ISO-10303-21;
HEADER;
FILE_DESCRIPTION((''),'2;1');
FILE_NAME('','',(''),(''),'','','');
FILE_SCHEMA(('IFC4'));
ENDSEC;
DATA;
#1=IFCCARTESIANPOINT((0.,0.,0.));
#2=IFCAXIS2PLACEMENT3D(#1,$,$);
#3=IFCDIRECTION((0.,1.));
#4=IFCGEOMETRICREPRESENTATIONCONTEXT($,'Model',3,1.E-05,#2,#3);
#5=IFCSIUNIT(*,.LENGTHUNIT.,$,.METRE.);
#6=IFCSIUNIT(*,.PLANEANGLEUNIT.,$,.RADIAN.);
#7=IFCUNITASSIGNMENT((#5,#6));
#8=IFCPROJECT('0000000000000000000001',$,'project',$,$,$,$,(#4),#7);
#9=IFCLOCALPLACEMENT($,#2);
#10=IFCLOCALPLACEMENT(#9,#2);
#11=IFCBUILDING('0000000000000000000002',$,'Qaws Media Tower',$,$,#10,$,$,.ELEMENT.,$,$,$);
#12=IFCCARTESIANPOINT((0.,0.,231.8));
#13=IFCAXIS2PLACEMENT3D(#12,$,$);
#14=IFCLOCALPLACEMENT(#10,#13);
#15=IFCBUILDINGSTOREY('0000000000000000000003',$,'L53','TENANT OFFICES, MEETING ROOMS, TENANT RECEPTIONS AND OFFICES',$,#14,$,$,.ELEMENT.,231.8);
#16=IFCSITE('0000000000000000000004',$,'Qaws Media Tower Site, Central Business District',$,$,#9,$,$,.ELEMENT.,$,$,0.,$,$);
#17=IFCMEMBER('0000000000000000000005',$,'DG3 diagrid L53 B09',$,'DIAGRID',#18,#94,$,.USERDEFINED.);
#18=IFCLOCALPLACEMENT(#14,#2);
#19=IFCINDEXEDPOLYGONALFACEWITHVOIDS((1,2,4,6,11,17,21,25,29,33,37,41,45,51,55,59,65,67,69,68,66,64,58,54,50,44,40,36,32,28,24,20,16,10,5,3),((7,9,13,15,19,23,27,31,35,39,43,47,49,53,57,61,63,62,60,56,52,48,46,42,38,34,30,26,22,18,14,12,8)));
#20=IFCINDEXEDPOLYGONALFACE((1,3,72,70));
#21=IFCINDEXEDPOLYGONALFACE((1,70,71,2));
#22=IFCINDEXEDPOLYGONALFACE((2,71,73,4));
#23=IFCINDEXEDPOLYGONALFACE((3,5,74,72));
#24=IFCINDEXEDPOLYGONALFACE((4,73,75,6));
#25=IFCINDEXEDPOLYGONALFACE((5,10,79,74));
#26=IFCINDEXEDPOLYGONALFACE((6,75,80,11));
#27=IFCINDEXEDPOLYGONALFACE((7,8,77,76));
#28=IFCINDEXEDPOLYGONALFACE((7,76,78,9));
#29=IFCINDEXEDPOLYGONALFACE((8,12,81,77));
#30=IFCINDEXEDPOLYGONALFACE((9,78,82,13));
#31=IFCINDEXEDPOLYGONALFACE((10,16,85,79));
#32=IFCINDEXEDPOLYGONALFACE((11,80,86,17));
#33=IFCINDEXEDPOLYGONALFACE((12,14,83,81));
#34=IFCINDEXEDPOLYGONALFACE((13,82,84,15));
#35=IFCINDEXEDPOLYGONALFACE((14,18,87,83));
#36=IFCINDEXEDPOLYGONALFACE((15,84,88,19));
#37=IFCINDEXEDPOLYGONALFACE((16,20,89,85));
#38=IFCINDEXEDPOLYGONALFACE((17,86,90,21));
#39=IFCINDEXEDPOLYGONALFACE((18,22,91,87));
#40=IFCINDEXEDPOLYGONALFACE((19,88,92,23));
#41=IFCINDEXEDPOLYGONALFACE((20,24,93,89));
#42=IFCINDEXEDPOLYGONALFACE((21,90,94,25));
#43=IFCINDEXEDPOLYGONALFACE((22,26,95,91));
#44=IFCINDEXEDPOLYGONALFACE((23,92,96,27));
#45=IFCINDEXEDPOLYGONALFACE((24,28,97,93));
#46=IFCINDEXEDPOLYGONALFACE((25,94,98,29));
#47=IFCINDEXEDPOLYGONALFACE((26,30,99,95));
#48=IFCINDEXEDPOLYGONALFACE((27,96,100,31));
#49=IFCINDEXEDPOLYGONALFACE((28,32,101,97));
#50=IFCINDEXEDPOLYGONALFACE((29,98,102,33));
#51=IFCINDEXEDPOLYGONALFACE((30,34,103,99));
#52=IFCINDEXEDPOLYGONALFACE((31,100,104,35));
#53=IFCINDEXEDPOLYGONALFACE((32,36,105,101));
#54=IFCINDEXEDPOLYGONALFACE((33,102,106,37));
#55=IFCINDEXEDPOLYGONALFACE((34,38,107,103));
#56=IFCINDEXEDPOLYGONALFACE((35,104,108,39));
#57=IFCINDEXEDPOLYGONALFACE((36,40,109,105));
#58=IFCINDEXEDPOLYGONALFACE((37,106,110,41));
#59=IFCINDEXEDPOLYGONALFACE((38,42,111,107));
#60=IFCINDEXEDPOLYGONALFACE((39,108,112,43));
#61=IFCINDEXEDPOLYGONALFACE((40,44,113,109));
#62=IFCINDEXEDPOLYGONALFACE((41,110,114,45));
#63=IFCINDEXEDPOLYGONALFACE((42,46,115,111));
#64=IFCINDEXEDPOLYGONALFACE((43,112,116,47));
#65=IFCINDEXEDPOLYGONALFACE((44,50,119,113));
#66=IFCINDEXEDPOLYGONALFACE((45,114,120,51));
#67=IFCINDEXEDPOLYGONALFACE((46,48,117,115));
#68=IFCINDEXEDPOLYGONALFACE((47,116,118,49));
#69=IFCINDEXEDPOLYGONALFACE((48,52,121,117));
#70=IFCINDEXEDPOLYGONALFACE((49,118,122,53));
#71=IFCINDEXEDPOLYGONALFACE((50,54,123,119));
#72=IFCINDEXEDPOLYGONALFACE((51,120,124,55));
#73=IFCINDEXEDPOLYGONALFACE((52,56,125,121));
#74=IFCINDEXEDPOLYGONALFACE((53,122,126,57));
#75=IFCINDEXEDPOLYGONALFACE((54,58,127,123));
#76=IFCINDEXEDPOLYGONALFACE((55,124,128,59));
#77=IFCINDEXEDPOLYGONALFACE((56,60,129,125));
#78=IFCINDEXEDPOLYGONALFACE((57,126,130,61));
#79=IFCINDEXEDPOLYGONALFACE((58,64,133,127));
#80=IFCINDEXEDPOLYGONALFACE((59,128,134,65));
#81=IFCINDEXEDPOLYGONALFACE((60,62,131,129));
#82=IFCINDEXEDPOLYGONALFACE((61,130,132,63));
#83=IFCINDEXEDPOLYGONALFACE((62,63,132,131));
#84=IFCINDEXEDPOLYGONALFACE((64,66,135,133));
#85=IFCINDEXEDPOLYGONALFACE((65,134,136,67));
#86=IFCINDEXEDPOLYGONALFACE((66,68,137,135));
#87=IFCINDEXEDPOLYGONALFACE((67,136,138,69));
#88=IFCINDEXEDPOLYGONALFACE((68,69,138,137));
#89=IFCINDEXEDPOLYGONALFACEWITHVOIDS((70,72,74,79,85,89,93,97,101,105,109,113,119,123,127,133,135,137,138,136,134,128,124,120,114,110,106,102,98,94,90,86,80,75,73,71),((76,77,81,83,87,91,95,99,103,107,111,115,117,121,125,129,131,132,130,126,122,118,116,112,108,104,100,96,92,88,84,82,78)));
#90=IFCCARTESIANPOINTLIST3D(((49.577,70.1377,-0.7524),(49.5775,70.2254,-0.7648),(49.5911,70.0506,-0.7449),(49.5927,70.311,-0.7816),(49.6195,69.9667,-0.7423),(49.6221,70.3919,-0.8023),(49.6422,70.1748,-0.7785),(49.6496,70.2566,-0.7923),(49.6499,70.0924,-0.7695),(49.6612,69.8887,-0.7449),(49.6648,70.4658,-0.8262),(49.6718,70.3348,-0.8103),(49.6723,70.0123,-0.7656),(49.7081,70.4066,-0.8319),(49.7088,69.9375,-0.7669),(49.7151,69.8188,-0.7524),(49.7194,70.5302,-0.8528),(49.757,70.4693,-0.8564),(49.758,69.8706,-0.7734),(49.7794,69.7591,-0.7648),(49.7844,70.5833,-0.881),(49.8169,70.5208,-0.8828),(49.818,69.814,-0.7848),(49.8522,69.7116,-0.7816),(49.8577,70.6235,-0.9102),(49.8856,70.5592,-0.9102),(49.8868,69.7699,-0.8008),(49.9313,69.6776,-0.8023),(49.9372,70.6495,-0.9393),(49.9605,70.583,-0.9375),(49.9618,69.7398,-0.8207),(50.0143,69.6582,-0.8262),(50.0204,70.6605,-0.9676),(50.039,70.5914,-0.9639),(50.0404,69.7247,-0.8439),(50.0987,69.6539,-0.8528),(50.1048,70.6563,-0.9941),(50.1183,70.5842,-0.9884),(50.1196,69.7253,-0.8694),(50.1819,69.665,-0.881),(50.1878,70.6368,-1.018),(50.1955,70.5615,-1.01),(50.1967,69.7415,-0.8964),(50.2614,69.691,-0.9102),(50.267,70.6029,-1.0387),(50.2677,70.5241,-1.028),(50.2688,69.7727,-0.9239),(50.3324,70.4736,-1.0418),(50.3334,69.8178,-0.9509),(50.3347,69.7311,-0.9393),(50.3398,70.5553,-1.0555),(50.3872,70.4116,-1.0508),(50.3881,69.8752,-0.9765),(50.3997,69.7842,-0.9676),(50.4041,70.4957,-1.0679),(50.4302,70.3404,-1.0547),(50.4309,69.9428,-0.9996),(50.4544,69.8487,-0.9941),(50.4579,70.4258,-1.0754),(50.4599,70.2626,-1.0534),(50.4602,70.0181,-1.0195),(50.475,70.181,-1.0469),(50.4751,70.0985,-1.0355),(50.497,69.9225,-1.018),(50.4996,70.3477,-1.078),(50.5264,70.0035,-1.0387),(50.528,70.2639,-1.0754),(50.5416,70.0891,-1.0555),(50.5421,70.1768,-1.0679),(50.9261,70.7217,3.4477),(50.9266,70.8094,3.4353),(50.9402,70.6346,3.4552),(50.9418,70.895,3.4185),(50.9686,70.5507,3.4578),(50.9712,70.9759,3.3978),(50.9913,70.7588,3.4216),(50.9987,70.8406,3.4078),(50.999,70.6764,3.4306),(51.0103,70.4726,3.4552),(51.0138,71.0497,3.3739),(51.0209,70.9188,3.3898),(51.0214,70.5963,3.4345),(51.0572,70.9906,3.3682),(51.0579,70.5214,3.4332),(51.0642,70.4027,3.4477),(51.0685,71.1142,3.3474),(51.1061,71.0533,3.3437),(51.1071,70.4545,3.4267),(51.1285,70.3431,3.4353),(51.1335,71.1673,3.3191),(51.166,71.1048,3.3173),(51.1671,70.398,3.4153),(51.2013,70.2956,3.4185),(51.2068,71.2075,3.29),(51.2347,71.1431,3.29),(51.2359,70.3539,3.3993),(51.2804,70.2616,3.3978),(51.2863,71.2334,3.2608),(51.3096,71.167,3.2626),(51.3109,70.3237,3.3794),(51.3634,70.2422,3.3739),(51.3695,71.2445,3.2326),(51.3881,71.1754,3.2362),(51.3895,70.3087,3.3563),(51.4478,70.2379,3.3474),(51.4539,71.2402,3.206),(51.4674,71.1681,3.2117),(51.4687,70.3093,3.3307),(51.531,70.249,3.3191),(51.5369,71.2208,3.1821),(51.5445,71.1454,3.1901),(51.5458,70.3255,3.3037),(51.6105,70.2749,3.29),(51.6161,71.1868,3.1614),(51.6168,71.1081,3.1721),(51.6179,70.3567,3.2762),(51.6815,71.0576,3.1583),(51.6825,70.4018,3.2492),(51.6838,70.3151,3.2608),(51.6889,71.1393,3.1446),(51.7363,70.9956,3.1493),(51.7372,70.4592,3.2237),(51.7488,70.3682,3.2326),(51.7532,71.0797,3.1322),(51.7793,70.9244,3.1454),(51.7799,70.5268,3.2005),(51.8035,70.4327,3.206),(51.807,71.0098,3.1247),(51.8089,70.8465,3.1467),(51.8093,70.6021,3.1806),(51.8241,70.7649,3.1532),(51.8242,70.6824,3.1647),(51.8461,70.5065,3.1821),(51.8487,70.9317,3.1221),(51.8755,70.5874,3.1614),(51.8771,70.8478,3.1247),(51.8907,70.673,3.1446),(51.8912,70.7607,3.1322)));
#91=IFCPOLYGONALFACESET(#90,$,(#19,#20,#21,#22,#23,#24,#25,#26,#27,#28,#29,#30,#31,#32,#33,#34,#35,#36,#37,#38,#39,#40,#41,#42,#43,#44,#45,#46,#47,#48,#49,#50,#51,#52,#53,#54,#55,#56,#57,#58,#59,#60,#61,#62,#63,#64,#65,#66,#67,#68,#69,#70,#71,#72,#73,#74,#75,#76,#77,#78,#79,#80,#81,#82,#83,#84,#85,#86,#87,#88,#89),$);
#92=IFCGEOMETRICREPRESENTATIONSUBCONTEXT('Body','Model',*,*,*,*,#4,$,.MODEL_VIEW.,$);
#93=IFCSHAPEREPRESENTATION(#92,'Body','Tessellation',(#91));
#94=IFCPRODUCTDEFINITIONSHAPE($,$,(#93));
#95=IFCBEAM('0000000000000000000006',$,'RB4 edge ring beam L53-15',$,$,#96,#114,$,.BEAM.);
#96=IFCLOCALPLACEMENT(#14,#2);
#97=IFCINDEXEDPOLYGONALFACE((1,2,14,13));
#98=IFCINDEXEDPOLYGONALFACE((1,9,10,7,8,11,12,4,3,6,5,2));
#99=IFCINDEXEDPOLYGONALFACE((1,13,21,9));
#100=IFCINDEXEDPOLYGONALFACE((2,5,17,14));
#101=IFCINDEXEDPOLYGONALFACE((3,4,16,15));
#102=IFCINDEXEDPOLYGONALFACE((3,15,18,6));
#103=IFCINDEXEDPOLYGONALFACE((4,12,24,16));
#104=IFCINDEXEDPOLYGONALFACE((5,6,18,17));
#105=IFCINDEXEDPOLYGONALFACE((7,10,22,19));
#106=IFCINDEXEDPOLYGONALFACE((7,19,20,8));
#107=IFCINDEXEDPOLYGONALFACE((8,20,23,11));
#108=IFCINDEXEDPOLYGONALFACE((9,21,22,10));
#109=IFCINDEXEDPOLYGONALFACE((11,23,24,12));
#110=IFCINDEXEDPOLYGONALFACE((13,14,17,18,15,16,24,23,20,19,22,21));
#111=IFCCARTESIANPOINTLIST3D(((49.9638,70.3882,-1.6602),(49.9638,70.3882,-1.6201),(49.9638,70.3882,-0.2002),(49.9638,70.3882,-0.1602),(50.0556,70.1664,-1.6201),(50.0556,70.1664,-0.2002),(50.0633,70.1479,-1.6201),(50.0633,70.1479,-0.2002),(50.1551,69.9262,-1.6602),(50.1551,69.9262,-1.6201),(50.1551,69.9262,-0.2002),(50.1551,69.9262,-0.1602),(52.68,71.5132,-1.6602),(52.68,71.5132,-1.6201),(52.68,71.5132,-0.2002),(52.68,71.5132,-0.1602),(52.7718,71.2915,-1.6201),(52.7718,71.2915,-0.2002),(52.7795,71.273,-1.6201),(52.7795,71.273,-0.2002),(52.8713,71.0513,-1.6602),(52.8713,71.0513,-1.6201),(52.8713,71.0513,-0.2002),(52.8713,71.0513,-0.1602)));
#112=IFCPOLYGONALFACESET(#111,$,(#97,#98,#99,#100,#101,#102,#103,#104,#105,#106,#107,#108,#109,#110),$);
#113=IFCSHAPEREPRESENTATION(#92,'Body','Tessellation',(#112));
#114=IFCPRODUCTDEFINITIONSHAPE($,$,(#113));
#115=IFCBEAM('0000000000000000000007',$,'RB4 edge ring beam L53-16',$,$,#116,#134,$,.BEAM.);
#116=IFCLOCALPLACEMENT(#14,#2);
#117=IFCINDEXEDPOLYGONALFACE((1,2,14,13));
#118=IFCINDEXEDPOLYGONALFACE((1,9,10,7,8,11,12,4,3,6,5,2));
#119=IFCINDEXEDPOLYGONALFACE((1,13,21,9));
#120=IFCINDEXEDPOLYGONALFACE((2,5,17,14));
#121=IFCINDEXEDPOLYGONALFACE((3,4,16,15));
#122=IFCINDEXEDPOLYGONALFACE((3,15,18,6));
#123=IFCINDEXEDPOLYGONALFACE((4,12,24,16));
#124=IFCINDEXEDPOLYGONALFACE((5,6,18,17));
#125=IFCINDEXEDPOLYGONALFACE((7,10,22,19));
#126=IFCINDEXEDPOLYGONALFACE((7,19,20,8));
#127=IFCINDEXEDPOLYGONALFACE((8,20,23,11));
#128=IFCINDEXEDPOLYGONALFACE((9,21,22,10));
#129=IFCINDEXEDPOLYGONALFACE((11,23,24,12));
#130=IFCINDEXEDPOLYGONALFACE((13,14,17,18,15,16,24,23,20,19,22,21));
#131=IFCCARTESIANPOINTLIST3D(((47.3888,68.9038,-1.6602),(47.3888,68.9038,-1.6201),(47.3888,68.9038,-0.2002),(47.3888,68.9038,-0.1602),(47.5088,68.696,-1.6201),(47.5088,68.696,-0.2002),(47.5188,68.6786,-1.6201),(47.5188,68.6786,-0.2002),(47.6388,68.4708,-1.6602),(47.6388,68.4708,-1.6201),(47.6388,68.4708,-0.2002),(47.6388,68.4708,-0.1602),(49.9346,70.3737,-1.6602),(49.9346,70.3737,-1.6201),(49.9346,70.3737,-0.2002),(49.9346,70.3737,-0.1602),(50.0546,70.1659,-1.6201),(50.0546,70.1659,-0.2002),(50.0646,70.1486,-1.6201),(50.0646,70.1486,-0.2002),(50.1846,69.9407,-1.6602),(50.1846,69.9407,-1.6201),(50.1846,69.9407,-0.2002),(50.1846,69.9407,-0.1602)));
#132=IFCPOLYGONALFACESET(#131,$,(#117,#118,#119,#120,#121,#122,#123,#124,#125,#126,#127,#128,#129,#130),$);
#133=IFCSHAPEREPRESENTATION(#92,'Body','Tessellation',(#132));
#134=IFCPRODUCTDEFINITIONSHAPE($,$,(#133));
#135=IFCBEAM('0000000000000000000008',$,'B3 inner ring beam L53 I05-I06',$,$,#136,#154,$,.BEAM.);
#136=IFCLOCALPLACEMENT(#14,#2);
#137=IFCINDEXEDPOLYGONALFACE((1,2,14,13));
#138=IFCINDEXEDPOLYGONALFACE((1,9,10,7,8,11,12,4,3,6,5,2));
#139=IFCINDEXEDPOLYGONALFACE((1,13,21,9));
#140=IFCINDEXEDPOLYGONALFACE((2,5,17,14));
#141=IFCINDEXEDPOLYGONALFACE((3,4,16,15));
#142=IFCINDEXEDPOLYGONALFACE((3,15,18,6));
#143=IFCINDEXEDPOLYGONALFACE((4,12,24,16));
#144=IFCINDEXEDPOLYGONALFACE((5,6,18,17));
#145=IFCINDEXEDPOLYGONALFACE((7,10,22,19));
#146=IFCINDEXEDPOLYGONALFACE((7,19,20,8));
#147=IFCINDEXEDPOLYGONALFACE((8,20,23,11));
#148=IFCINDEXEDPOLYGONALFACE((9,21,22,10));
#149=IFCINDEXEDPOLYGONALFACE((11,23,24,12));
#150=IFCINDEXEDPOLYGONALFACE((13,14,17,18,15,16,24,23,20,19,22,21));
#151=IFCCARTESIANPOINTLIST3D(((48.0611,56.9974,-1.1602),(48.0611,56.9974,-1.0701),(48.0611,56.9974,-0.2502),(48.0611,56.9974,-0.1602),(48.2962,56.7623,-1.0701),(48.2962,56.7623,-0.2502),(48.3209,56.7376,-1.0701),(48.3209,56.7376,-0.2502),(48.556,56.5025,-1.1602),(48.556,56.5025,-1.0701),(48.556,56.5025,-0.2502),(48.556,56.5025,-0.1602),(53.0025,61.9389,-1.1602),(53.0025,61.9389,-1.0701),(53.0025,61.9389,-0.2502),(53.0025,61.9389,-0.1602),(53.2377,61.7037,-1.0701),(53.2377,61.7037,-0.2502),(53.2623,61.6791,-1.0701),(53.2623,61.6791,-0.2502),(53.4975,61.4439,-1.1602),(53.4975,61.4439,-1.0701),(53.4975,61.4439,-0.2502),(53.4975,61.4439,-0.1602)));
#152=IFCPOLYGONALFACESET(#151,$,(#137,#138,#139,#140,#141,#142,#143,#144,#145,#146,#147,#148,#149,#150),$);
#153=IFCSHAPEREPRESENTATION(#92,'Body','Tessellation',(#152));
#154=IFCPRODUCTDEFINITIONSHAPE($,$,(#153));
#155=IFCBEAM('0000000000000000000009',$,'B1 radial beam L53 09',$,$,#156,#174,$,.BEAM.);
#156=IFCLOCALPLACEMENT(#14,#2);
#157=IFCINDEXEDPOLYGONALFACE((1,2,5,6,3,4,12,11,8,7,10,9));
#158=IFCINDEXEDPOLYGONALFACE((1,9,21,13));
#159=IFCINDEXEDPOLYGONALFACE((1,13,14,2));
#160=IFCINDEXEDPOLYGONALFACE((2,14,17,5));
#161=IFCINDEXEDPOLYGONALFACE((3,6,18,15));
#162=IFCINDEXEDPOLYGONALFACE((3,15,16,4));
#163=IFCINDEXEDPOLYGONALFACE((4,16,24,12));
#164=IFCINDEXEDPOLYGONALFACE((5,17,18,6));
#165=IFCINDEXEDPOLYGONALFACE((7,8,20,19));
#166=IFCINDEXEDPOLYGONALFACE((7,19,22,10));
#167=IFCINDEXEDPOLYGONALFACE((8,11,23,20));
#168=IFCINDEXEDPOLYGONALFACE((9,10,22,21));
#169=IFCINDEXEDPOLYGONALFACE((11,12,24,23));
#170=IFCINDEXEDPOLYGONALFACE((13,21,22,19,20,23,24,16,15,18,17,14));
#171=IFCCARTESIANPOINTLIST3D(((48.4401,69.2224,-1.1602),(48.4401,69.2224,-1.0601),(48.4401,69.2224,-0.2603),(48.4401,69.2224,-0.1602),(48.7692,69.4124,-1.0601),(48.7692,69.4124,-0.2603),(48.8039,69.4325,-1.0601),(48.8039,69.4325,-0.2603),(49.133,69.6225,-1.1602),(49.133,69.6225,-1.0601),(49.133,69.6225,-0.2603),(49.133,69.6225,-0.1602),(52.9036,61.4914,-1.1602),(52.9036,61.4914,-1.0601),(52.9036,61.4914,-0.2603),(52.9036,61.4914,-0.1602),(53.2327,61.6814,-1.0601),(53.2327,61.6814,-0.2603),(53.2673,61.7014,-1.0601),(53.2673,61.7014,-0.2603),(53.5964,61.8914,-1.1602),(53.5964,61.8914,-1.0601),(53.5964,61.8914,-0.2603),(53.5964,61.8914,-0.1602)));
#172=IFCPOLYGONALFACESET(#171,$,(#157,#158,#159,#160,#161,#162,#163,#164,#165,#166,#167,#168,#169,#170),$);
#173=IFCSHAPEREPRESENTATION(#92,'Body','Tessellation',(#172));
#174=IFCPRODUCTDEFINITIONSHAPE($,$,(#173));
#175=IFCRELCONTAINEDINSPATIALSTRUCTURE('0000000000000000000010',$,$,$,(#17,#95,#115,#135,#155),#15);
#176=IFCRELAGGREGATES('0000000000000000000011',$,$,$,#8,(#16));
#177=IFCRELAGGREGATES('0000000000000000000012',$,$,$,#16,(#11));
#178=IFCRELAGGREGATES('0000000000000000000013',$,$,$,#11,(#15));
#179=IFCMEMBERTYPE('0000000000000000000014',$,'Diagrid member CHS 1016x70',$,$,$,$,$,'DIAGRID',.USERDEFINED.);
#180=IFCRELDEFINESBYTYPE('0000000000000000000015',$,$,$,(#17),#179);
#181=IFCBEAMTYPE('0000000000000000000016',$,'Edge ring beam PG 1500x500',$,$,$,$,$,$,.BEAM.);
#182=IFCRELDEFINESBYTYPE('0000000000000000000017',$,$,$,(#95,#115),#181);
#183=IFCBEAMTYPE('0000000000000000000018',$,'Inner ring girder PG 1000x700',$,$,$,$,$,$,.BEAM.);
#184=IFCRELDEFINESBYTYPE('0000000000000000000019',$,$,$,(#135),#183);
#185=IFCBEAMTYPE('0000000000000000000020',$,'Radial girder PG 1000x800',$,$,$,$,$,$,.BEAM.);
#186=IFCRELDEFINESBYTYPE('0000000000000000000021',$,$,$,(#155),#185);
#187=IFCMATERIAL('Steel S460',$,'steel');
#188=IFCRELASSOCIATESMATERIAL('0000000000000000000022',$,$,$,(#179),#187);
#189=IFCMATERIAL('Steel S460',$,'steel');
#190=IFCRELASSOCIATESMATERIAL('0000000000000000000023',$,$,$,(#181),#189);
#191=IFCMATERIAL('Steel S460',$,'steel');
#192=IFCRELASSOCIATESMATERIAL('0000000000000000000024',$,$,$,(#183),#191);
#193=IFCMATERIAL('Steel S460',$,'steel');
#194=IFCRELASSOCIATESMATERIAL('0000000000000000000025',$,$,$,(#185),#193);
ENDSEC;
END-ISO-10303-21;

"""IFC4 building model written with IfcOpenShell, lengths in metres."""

from ifc_helpers import new_model, si_unit, direction, frame, origin, origin_2d, place, context, subcontext, project, spatial, hollow_circle, i_section, extrude, material, material_profile, profile_set, type_object, element, save


model = new_model("IFC4")

# Units and contexts
model_context = context("Model", 3, precision=1e-05, world=origin(), true_north=direction((0.0, 1.0)))
body_context = subcontext(model_context, "Body", "Model", "MODEL_VIEW")
ifc_project = project(units=[si_unit("LENGTHUNIT", "METRE"), si_unit("PLANEANGLEUNIT", "RADIAN")], contexts=[model_context])

# Site, building, storey
site_placement = place(None, origin())
site = spatial("IfcSite", under=ifc_project, at=site_placement, Name="Qaws Media Tower Site, Central Business District", CompositionType="ELEMENT", RefElevation=0.0)
building_placement = place(site_placement, origin())
building = spatial("IfcBuilding", under=site, at=building_placement, Name="Qaws Media Tower", CompositionType="ELEMENT")
storey_placement = place(building_placement, frame((0.0, 0.0, 231.8)))
storey = spatial("IfcBuildingStorey", under=building, at=storey_placement, Name="L53", Description="TENANT OFFICES, MEETING ROOMS, TENANT RECEPTIONS AND OFFICES", CompositionType="ELEMENT", Elevation=231.8)

# Member
ifc_material_1 = material(Name="Steel S460", Category="steel")
ifc_material_profile_1 = material_profile(ifc_material_1, hollow_circle(Radius=0.5081, WallThickness=0.0701, at=origin_2d()), Name="CHS 1016x70")
ifc_profile_set_1 = profile_set([ifc_material_profile_1], Name="Steel S460")
member_type_1 = type_object("IfcMemberType", Name="Diagrid member CHS 1016x70", ElementType="DIAGRID", PredefinedType="USERDEFINED", material=ifc_profile_set_1)
for number, where, z_axis, x_axis, name in (
    (1, (50.0596, 70.1572, -0.9102), (0.303171, 0.131231, 0.943857), (-0.397244, 0.917713, 0.0), "DG3 diagrid L53 B09"),
):
    element("IfcMember", number, at=place(storey_placement, frame(where, z_axis=z_axis, x_axis=x_axis)), inside=storey, type_object=member_type_1, Name=name, ObjectType="DIAGRID", PredefinedType="USERDEFINED", context=body_context, shape_type="SweptSolid", body=[
        extrude(hollow_circle(Radius=0.5081, WallThickness=0.0701, at=origin_2d()), origin(), (0.0, 0.0, 1.0), 4.45),
    ])

# Beams
ifc_material_2 = material(Name="Steel S460", Category="steel")
ifc_material_profile_2 = material_profile(ifc_material_2, i_section(OverallWidth=0.5, OverallDepth=1.5, WebThickness=0.02, FlangeThickness=0.04, at=origin_2d()), Name="PG 1500x500")
ifc_profile_set_2 = profile_set([ifc_material_profile_2], Name="Steel S460")
beam_type_1 = type_object("IfcBeamType", Name="Edge ring beam PG 1500x500", PredefinedType="BEAM", material=ifc_profile_set_2)
beam_1_placement = place(storey_placement, frame((52.7756, 71.2822, -0.9102), z_axis=(-0.923883, -0.382675, 0.0), x_axis=(0.382675, -0.923883, 0.0)))
element("IfcBeam", 2, at=beam_1_placement, inside=storey, type_object=beam_type_1, Name="RB4 edge ring beam L53-15", PredefinedType="BEAM", context=body_context, shape_type="SweptSolid", body=[
    extrude(i_section(OverallWidth=0.5, OverallDepth=1.5, WebThickness=0.02, FlangeThickness=0.04, at=origin_2d()), origin(), (0.0, 0.0, 1.0), 2.9399),
])
beam_2_placement = place(storey_placement, frame((50.0596, 70.1572, -0.9102), z_axis=(-0.866011, -0.500024, 0.0), x_axis=(0.500024, -0.866011, 0.0)))
element("IfcBeam", 3, at=beam_2_placement, inside=storey, type_object=beam_type_1, Name="RB4 edge ring beam L53-16", PredefinedType="BEAM", context=body_context, shape_type="SweptSolid", body=[
    extrude(i_section(OverallWidth=0.5, OverallDepth=1.5, WebThickness=0.02, FlangeThickness=0.04, at=origin_2d()), origin(), (0.0, 0.0, 1.0), 2.9397),
])
ifc_material_3 = material(Name="Steel S460", Category="steel")
ifc_material_profile_3 = material_profile(ifc_material_3, i_section(OverallWidth=0.7, OverallDepth=1.0, WebThickness=0.0349, FlangeThickness=0.0901, at=origin_2d()), Name="PG 1000x700")
ifc_profile_set_3 = profile_set([ifc_material_profile_3], Name="Steel S460")
beam_type_2 = type_object("IfcBeamType", Name="Inner ring girder PG 1000x700", PredefinedType="BEAM", material=ifc_profile_set_3)
beam_3_placement = place(storey_placement, frame((53.25, 61.6914, -0.6602), z_axis=(-0.707107, -0.707107, 0.0), x_axis=(0.707107, -0.707107, 0.0)))
element("IfcBeam", 4, at=beam_3_placement, inside=storey, type_object=beam_type_2, Name="B3 inner ring beam L53 I05-I06", PredefinedType="BEAM", context=body_context, shape_type="SweptSolid", body=[
    extrude(i_section(OverallWidth=0.7, OverallDepth=1.0, WebThickness=0.0349, FlangeThickness=0.0901, at=origin_2d()), origin(), (0.0, 0.0, 1.0), 6.9883),
])
ifc_material_4 = material(Name="Steel S460", Category="steel")
ifc_material_profile_4 = material_profile(ifc_material_4, i_section(OverallWidth=0.8, OverallDepth=1.0, WebThickness=0.04, FlangeThickness=0.1001, at=origin_2d()), Name="PG 1000x800")
ifc_profile_set_4 = profile_set([ifc_material_profile_4], Name="Steel S460")
beam_type_3 = type_object("IfcBeamType", Name="Radial girder PG 1000x800", PredefinedType="BEAM", material=ifc_profile_set_4)
beam_4_placement = place(storey_placement, frame((53.25, 61.6914, -0.6602), z_axis=(-0.499992, 0.86603, 0.0), x_axis=(-0.86603, -0.499992, 0.0)))
element("IfcBeam", 5, at=beam_4_placement, inside=storey, type_object=beam_type_3, Name="B1 radial beam L53 09", PredefinedType="BEAM", context=body_context, shape_type="SweptSolid", body=[
    extrude(i_section(OverallWidth=0.8, OverallDepth=1.0, WebThickness=0.04, FlangeThickness=0.1001, at=origin_2d()), origin(), (0.0, 0.0, 1.0), 8.927),
])

save(model, "model.ifc")
